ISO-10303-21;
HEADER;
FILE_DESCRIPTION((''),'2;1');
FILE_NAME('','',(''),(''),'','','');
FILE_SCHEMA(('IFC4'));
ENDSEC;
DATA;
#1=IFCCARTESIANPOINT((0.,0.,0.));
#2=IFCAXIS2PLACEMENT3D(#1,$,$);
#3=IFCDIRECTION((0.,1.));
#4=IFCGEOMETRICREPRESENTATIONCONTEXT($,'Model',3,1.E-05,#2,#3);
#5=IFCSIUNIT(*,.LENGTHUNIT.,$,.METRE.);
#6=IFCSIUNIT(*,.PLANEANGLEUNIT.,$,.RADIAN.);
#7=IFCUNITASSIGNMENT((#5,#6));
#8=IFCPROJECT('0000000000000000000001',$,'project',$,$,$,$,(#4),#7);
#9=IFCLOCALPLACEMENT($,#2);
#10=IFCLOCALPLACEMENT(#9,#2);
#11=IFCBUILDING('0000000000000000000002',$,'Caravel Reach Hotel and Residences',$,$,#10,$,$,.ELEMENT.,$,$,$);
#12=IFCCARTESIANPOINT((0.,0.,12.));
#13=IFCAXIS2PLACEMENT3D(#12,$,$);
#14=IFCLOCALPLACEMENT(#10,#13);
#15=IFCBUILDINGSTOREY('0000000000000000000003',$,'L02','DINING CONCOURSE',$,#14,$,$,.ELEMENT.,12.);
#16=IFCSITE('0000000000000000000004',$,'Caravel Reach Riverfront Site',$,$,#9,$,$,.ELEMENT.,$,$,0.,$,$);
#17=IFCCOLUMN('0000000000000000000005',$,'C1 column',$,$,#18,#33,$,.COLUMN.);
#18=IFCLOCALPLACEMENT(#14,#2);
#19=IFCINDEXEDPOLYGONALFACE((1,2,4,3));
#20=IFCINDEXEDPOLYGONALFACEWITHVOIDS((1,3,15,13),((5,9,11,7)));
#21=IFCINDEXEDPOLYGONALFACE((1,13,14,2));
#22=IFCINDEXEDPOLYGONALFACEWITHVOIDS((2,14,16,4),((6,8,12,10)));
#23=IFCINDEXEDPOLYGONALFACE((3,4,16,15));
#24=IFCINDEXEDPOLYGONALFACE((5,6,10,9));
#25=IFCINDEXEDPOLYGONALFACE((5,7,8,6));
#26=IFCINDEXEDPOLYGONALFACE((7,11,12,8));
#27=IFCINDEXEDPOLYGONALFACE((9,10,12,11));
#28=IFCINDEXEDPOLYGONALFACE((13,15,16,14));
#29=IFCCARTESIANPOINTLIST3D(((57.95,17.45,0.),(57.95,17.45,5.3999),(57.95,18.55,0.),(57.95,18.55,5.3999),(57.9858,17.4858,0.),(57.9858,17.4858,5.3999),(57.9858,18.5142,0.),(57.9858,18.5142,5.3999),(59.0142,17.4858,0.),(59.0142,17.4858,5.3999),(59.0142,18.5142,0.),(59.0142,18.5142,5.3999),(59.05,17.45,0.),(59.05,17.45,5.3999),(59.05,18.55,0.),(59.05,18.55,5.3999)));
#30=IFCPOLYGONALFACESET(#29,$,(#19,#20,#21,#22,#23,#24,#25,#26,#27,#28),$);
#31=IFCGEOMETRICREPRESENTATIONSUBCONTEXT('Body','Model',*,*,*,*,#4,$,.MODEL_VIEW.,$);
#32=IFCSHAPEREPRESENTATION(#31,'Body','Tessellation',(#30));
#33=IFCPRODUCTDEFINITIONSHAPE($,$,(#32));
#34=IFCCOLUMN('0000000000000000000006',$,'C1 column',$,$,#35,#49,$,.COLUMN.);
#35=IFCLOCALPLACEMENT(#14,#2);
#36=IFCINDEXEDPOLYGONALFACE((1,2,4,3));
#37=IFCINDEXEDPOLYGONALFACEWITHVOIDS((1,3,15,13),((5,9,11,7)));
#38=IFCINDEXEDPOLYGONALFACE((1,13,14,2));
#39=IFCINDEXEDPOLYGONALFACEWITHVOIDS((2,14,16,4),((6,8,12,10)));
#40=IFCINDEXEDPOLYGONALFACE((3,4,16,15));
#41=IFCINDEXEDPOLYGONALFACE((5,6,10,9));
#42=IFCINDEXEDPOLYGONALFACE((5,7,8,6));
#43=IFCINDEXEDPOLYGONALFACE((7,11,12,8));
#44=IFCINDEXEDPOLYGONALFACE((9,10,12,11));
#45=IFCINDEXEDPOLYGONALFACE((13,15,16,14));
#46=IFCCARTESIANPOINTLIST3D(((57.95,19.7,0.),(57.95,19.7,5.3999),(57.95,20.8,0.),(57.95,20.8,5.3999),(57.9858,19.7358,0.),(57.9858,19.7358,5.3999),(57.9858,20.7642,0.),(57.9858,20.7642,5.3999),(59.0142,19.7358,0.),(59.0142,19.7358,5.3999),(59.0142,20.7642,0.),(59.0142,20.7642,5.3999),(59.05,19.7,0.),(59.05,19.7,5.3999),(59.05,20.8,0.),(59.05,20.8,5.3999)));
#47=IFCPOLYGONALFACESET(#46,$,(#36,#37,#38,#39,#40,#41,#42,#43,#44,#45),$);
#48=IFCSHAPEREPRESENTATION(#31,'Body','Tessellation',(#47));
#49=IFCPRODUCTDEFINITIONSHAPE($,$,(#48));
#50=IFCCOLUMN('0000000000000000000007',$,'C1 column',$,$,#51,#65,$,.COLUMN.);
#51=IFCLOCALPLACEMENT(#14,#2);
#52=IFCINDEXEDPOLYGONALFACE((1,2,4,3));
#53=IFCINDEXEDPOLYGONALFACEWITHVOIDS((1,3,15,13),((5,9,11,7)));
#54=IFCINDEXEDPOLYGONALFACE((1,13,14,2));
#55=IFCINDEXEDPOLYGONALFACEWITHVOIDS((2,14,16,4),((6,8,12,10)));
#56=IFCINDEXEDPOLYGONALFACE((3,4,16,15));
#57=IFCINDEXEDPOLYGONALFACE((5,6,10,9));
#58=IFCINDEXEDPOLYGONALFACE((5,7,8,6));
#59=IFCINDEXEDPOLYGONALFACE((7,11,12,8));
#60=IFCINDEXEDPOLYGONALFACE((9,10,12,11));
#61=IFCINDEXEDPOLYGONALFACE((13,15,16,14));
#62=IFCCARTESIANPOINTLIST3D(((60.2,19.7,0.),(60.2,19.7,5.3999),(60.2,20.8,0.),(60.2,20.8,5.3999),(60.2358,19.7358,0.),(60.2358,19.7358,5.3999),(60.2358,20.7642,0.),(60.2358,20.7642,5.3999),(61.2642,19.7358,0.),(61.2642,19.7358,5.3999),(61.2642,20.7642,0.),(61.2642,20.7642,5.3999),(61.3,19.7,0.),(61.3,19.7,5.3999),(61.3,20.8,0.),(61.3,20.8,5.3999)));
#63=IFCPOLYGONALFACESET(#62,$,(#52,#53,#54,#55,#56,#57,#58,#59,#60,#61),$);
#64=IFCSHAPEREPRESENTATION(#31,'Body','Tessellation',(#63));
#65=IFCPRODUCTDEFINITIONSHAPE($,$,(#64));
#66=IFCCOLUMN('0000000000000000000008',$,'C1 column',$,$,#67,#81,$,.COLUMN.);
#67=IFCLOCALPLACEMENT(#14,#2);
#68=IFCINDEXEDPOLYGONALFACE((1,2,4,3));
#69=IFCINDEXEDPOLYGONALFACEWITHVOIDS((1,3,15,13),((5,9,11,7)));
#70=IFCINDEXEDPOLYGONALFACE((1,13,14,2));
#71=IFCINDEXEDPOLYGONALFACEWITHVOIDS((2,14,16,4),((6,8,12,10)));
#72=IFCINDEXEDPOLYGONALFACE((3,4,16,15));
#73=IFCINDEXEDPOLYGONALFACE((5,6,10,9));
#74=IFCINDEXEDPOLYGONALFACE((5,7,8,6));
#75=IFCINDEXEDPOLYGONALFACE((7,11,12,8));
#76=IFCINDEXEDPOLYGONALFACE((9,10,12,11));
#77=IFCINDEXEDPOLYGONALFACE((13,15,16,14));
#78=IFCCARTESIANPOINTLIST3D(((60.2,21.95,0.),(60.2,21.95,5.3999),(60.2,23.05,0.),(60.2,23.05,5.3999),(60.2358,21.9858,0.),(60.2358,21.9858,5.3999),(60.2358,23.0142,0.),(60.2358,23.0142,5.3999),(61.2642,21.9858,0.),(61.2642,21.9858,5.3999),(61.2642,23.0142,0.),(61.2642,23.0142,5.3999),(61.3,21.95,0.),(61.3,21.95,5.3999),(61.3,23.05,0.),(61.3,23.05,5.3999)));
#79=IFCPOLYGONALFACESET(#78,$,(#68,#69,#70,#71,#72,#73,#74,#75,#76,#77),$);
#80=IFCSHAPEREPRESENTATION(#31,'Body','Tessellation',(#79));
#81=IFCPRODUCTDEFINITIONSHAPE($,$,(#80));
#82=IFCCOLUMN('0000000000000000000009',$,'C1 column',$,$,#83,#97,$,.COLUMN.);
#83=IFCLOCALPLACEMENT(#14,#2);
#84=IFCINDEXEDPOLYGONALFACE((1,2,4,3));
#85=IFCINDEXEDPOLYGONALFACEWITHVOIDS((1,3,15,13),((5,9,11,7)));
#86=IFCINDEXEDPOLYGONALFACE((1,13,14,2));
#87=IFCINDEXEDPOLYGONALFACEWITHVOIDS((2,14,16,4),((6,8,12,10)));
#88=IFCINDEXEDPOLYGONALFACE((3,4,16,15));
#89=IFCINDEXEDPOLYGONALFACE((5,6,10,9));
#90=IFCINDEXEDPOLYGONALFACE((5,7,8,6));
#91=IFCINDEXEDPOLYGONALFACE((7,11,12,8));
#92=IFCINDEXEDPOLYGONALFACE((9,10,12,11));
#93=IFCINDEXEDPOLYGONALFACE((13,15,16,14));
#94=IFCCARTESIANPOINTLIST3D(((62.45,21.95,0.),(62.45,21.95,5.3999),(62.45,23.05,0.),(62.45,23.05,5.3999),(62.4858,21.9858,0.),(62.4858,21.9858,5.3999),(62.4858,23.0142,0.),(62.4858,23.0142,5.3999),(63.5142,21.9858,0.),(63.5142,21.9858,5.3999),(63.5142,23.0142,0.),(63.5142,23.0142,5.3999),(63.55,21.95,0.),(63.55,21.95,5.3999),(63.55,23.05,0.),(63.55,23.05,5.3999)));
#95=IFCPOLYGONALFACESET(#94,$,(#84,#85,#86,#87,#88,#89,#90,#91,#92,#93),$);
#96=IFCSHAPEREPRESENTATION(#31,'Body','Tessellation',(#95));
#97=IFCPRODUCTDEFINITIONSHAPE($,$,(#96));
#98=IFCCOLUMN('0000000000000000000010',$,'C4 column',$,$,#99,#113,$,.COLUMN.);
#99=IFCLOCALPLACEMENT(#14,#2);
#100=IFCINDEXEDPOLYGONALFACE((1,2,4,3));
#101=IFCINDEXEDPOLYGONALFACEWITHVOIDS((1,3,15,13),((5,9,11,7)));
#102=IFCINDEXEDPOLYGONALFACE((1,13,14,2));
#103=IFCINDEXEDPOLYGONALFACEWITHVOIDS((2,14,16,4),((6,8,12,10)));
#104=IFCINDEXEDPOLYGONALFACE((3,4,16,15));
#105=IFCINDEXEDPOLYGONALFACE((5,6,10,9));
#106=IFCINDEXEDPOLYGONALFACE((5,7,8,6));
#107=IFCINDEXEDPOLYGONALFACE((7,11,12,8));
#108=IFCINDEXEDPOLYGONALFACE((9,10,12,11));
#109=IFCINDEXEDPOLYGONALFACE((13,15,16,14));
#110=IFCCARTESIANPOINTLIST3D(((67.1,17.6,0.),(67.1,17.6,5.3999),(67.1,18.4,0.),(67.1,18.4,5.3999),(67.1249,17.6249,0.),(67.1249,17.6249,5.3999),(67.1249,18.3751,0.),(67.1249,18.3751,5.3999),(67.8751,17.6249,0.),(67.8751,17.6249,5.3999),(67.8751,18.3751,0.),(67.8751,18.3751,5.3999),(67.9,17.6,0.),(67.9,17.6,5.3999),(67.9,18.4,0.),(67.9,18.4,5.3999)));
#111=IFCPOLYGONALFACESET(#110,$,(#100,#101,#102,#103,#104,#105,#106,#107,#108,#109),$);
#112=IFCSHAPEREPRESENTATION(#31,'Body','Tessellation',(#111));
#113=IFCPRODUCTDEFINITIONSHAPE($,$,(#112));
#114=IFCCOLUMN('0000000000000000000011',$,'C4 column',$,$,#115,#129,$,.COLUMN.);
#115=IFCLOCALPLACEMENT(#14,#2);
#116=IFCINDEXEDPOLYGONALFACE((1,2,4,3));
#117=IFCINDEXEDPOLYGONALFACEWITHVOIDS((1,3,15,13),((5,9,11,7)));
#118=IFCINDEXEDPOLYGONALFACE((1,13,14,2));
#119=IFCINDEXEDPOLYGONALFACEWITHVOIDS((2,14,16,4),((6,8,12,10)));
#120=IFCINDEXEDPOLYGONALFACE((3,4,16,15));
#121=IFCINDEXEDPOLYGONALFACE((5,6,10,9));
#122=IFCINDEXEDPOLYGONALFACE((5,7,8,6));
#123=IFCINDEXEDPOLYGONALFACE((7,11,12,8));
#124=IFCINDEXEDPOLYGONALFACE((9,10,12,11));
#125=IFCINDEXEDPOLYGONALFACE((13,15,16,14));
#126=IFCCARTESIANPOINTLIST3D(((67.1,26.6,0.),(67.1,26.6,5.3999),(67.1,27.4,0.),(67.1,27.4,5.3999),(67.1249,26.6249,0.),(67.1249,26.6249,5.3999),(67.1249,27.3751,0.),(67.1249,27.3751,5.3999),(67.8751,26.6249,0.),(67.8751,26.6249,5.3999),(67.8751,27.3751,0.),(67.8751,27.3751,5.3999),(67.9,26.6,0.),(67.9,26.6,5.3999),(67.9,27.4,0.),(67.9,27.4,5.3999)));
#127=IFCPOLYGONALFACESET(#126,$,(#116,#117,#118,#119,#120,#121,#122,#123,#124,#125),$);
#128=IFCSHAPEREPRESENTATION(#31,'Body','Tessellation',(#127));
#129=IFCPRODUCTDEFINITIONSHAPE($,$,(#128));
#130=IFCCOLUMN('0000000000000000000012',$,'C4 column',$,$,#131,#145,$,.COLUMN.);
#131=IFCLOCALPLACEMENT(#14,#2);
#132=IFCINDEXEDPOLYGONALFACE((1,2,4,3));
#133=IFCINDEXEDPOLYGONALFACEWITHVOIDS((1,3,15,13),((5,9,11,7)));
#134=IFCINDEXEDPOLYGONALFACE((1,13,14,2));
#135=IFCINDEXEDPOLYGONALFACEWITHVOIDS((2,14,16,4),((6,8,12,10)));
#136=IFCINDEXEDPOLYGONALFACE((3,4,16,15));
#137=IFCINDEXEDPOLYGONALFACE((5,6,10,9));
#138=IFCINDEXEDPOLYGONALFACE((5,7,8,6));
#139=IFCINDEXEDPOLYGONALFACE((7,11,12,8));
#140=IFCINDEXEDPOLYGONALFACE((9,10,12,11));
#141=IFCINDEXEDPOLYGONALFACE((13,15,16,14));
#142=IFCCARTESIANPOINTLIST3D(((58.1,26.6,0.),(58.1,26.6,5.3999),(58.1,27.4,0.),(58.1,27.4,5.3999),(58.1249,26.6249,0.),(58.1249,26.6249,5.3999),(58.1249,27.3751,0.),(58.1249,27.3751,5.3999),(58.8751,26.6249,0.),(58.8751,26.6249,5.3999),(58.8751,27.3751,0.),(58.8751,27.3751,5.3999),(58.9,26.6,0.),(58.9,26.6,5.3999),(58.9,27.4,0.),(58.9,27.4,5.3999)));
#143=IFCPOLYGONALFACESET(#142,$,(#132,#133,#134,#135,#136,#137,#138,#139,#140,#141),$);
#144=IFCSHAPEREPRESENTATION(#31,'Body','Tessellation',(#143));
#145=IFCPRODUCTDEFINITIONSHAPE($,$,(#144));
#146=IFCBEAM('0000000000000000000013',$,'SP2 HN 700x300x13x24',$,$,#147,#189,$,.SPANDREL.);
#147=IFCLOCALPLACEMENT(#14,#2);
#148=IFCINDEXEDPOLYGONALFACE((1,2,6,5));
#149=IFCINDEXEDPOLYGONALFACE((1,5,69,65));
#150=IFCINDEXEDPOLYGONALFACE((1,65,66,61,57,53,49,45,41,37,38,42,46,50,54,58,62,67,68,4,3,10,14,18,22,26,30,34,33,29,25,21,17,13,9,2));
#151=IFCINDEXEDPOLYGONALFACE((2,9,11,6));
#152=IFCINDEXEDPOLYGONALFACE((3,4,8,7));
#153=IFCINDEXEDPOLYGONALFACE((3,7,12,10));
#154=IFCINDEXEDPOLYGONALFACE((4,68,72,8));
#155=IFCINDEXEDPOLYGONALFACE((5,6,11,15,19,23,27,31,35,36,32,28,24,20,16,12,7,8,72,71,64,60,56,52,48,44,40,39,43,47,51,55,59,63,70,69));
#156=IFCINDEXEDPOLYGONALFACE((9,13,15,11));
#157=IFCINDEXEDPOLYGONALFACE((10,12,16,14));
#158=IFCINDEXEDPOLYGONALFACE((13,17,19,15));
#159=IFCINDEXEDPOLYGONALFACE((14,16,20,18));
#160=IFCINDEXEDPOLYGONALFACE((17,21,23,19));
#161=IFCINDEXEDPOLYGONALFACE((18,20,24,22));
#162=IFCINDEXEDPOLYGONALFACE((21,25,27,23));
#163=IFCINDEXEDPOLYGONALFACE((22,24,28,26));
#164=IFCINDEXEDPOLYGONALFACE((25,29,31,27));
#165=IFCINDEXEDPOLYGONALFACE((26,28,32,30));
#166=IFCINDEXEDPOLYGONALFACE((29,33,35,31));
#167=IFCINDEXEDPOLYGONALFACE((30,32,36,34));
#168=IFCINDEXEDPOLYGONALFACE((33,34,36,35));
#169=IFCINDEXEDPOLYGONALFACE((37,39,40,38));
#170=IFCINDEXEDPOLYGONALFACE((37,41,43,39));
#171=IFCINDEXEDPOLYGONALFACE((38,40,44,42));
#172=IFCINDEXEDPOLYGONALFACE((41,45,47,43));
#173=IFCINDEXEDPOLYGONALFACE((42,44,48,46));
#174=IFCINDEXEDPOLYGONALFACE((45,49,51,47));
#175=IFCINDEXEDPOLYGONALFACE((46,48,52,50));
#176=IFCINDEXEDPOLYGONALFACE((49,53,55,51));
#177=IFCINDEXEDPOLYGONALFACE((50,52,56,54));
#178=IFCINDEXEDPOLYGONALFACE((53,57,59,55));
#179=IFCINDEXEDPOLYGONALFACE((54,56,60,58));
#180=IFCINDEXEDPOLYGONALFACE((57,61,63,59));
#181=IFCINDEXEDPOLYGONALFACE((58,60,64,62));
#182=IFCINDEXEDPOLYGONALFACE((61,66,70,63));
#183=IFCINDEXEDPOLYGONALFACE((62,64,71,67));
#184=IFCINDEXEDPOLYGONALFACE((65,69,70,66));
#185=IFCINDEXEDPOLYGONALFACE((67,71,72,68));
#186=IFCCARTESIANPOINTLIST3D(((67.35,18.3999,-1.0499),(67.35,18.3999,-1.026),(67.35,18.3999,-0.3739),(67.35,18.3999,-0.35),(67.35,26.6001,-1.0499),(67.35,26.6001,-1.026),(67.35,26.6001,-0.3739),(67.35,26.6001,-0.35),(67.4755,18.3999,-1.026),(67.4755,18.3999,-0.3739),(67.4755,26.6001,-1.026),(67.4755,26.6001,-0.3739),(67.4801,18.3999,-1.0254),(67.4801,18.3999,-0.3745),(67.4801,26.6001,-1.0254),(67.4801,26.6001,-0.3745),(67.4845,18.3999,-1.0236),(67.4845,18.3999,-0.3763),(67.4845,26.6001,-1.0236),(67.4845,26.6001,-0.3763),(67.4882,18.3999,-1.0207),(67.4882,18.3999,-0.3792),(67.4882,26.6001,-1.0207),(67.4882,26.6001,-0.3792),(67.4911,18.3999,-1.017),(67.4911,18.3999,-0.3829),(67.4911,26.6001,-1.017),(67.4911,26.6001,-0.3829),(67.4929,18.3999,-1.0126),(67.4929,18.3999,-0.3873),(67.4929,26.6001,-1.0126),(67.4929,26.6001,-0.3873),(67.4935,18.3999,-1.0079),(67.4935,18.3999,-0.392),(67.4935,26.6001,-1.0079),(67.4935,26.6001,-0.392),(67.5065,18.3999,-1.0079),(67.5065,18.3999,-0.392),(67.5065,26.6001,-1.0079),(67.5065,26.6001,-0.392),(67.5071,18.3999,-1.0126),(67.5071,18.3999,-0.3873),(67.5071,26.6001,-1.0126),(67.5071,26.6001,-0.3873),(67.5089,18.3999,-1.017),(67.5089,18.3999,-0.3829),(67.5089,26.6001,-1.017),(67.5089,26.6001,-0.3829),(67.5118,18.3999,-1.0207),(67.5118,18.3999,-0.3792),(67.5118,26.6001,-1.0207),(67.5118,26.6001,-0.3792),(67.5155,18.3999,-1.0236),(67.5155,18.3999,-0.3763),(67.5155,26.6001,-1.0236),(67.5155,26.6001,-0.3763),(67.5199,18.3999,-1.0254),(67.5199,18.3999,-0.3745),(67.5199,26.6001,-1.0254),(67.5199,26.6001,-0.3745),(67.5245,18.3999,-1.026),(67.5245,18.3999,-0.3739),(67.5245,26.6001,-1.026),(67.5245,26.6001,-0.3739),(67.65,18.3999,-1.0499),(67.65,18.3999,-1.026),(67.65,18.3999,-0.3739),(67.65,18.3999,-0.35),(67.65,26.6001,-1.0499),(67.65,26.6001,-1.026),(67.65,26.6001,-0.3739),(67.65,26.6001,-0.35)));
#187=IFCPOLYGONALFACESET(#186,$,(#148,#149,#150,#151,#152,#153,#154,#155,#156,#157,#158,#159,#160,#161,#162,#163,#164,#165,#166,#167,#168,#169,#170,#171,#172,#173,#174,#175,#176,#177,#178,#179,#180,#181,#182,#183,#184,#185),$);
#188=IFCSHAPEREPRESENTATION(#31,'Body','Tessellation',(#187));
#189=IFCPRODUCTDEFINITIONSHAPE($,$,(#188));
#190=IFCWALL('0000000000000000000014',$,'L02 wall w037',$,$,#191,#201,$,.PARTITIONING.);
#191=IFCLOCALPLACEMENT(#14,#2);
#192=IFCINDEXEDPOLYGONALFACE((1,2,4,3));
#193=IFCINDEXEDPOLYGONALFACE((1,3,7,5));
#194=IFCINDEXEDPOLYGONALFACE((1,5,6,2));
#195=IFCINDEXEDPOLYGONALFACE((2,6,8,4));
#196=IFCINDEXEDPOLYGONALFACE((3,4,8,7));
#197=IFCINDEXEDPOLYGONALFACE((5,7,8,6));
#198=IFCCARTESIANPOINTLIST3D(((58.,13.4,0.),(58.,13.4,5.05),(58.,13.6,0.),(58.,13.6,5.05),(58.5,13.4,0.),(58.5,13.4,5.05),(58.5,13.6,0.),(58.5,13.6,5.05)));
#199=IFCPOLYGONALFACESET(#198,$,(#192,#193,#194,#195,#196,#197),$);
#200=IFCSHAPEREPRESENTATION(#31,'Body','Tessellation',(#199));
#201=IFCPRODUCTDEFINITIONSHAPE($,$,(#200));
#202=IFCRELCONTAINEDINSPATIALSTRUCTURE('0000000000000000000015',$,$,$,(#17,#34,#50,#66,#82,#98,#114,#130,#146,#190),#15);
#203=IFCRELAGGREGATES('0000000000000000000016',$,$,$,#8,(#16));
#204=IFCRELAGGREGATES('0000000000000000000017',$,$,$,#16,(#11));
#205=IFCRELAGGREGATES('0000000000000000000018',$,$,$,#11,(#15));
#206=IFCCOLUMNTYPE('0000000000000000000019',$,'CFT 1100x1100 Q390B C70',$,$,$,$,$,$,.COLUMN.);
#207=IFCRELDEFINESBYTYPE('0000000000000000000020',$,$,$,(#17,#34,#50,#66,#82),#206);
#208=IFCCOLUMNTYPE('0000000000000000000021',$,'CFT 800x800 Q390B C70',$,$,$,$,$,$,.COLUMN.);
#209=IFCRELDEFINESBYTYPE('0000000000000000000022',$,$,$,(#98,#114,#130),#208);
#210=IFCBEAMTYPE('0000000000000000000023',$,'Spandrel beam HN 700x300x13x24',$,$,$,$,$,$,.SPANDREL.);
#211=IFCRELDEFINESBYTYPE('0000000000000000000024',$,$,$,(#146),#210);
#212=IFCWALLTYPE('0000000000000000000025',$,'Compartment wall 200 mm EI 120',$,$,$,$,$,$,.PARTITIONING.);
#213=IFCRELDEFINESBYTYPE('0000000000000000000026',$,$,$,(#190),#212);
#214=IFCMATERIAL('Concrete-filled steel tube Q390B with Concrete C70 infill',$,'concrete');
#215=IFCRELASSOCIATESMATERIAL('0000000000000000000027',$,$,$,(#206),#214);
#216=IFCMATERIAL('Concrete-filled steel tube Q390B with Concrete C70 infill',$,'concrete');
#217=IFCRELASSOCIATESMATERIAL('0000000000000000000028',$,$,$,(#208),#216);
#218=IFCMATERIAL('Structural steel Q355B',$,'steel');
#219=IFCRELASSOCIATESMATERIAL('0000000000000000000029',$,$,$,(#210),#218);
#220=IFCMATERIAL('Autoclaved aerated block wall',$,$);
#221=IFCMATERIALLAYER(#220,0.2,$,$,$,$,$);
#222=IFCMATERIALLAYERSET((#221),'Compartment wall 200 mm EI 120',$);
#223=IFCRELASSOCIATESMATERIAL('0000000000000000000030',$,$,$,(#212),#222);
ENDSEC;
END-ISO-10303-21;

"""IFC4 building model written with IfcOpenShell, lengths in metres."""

from ifc_helpers import new_model, si_unit, direction, frame, frame_2d, origin, origin_2d, place, context, subcontext, project, spatial, rectangle, hollow_rectangle, i_section, extrude, material, layer, layer_set, material_profile, profile_set, type_object, element, save


model = new_model("IFC4")

# Units and contexts
model_context = context("Model", 3, precision=1e-05, world=origin(), true_north=direction((0.0, 1.0)))
body_context = subcontext(model_context, "Body", "Model", "MODEL_VIEW")
ifc_project = project(units=[si_unit("LENGTHUNIT", "METRE"), si_unit("PLANEANGLEUNIT", "RADIAN")], contexts=[model_context])

# Site, building, storey
site_placement = place(None, origin())
site = spatial("IfcSite", under=ifc_project, at=site_placement, Name="Caravel Reach Riverfront Site", CompositionType="ELEMENT", RefElevation=0.0)
building_placement = place(site_placement, origin())
building = spatial("IfcBuilding", under=site, at=building_placement, Name="Caravel Reach Hotel and Residences", CompositionType="ELEMENT")
storey_placement = place(building_placement, frame((0.0, 0.0, 12.0)))
storey = spatial("IfcBuildingStorey", under=building, at=storey_placement, Name="L02", Description="DINING CONCOURSE", CompositionType="ELEMENT", Elevation=12.0)

# Columns
ifc_material_1 = material(Name="Concrete-filled steel tube Q390B with Concrete C70 infill", Category="concrete")
ifc_material_profile_1 = material_profile(ifc_material_1, hollow_rectangle(XDim=1.1001, YDim=1.1001, WallThickness=0.0359, at=origin_2d()), Name="RHS 1100x1100x36")
ifc_profile_set_1 = profile_set([ifc_material_profile_1], Name="Concrete-filled steel tube Q390B with Concrete C70 infill")
column_type_1 = type_object("IfcColumnType", Name="CFT 1100x1100 Q390B C70", PredefinedType="COLUMN", material=ifc_profile_set_1)
for number, where, z_axis, x_axis, name in (
    (1, (58.5, 18.0, 0.0), (0.0, 0.0, 1.0), (1.0, 0.0, 0.0), "C1 column"),
    (2, (58.5, 20.25, 0.0), (0.0, 0.0, 1.0), (1.0, 0.0, 0.0), "C1 column"),
    (3, (60.75, 20.25, 0.0), (0.0, 0.0, 1.0), (1.0, 0.0, 0.0), "C1 column"),
    (4, (60.75, 22.5, 0.0), (0.0, 0.0, 1.0), (1.0, 0.0, 0.0), "C1 column"),
    (5, (63.0, 22.5, 0.0), (0.0, 0.0, 1.0), (1.0, 0.0, 0.0), "C1 column"),
):
    element("IfcColumn", number, at=place(storey_placement, frame(where, z_axis=z_axis, x_axis=x_axis)), inside=storey, type_object=column_type_1, Name=name, PredefinedType="COLUMN", context=body_context, shape_type="SweptSolid", body=[
        extrude(hollow_rectangle(XDim=1.1001, YDim=1.1001, WallThickness=0.0359, at=origin_2d()), origin(), (0.0, 0.0, 1.0), 5.3999),
    ])
ifc_material_2 = material(Name="Concrete-filled steel tube Q390B with Concrete C70 infill", Category="concrete")
ifc_material_profile_2 = material_profile(ifc_material_2, hollow_rectangle(XDim=0.8, YDim=0.8, WallThickness=0.0249, at=origin_2d()), Name="RHS 800x800x25")
ifc_profile_set_2 = profile_set([ifc_material_profile_2], Name="Concrete-filled steel tube Q390B with Concrete C70 infill")
column_type_2 = type_object("IfcColumnType", Name="CFT 800x800 Q390B C70", PredefinedType="COLUMN", material=ifc_profile_set_2)
for number, where, z_axis, x_axis, name in (
    (6, (67.5, 18.0, 0.0), (0.0, 0.0, 1.0), (1.0, 0.0, 0.0), "C4 column"),
    (7, (67.5, 27.0, 0.0), (0.0, 0.0, 1.0), (1.0, 0.0, 0.0), "C4 column"),
    (8, (58.5, 27.0, 0.0), (0.0, 0.0, 1.0), (1.0, 0.0, 0.0), "C4 column"),
):
    element("IfcColumn", number, at=place(storey_placement, frame(where, z_axis=z_axis, x_axis=x_axis)), inside=storey, type_object=column_type_2, Name=name, PredefinedType="COLUMN", context=body_context, shape_type="SweptSolid", body=[
        extrude(hollow_rectangle(XDim=0.8, YDim=0.8, WallThickness=0.0249, at=origin_2d()), origin(), (0.0, 0.0, 1.0), 5.3999),
    ])

# Beam
ifc_material_3 = material(Name="Structural steel Q355B", Category="steel")
ifc_material_profile_3 = material_profile(ifc_material_3, i_section(OverallWidth=0.3, OverallDepth=0.7, WebThickness=0.0129, FlangeThickness=0.0239, FilletRadius=0.0181, at=origin_2d()), Name="HN 700x300x13x24")
ifc_profile_set_3 = profile_set([ifc_material_profile_3], Name="Structural steel Q355B")
beam_type = type_object("IfcBeamType", Name="Spandrel beam HN 700x300x13x24", PredefinedType="SPANDREL", material=ifc_profile_set_3)
beam_placement = place(storey_placement, frame((67.5, 18.3999, -0.7), z_axis=(0.0, 1.0, 0.0), x_axis=(-1.0, 0.0, 0.0)))
element("IfcBeam", 9, at=beam_placement, inside=storey, type_object=beam_type, Name="SP2 HN 700x300x13x24", PredefinedType="SPANDREL", context=body_context, shape_type="SweptSolid", body=[
    extrude(i_section(OverallWidth=0.3, OverallDepth=0.7, WebThickness=0.0129, FlangeThickness=0.0239, FilletRadius=0.0181, at=origin_2d()), origin(), (0.0, 0.0, 1.0), 8.2002),
])

# Wall
ifc_material_4 = material(Name="Autoclaved aerated block wall")
ifc_layer_1 = layer(ifc_material_4, 0.2)
ifc_layer_set_1 = layer_set([ifc_layer_1], Name="Compartment wall 200 mm EI 120")
wall_type_1 = type_object("IfcWallType", Name="Compartment wall 200 mm EI 120", PredefinedType="PARTITIONING", material=ifc_layer_set_1)
wall_1_placement = place(storey_placement, frame((58.0, 13.5, 0.0), z_axis=(0.0, 0.0, 1.0), x_axis=(1.0, 0.0, 0.0)))
element("IfcWall", 10, at=wall_1_placement, inside=storey, type_object=wall_type_1, Name="L02 wall w037", PredefinedType="PARTITIONING", context=body_context, shape_type="SweptSolid", body=[
    extrude(rectangle(XDim=0.5, YDim=0.2, at=frame_2d((0.25, 0.0))), origin(), (0.0, 0.0, 1.0), 5.05),
])

save(model, "model.ifc")
